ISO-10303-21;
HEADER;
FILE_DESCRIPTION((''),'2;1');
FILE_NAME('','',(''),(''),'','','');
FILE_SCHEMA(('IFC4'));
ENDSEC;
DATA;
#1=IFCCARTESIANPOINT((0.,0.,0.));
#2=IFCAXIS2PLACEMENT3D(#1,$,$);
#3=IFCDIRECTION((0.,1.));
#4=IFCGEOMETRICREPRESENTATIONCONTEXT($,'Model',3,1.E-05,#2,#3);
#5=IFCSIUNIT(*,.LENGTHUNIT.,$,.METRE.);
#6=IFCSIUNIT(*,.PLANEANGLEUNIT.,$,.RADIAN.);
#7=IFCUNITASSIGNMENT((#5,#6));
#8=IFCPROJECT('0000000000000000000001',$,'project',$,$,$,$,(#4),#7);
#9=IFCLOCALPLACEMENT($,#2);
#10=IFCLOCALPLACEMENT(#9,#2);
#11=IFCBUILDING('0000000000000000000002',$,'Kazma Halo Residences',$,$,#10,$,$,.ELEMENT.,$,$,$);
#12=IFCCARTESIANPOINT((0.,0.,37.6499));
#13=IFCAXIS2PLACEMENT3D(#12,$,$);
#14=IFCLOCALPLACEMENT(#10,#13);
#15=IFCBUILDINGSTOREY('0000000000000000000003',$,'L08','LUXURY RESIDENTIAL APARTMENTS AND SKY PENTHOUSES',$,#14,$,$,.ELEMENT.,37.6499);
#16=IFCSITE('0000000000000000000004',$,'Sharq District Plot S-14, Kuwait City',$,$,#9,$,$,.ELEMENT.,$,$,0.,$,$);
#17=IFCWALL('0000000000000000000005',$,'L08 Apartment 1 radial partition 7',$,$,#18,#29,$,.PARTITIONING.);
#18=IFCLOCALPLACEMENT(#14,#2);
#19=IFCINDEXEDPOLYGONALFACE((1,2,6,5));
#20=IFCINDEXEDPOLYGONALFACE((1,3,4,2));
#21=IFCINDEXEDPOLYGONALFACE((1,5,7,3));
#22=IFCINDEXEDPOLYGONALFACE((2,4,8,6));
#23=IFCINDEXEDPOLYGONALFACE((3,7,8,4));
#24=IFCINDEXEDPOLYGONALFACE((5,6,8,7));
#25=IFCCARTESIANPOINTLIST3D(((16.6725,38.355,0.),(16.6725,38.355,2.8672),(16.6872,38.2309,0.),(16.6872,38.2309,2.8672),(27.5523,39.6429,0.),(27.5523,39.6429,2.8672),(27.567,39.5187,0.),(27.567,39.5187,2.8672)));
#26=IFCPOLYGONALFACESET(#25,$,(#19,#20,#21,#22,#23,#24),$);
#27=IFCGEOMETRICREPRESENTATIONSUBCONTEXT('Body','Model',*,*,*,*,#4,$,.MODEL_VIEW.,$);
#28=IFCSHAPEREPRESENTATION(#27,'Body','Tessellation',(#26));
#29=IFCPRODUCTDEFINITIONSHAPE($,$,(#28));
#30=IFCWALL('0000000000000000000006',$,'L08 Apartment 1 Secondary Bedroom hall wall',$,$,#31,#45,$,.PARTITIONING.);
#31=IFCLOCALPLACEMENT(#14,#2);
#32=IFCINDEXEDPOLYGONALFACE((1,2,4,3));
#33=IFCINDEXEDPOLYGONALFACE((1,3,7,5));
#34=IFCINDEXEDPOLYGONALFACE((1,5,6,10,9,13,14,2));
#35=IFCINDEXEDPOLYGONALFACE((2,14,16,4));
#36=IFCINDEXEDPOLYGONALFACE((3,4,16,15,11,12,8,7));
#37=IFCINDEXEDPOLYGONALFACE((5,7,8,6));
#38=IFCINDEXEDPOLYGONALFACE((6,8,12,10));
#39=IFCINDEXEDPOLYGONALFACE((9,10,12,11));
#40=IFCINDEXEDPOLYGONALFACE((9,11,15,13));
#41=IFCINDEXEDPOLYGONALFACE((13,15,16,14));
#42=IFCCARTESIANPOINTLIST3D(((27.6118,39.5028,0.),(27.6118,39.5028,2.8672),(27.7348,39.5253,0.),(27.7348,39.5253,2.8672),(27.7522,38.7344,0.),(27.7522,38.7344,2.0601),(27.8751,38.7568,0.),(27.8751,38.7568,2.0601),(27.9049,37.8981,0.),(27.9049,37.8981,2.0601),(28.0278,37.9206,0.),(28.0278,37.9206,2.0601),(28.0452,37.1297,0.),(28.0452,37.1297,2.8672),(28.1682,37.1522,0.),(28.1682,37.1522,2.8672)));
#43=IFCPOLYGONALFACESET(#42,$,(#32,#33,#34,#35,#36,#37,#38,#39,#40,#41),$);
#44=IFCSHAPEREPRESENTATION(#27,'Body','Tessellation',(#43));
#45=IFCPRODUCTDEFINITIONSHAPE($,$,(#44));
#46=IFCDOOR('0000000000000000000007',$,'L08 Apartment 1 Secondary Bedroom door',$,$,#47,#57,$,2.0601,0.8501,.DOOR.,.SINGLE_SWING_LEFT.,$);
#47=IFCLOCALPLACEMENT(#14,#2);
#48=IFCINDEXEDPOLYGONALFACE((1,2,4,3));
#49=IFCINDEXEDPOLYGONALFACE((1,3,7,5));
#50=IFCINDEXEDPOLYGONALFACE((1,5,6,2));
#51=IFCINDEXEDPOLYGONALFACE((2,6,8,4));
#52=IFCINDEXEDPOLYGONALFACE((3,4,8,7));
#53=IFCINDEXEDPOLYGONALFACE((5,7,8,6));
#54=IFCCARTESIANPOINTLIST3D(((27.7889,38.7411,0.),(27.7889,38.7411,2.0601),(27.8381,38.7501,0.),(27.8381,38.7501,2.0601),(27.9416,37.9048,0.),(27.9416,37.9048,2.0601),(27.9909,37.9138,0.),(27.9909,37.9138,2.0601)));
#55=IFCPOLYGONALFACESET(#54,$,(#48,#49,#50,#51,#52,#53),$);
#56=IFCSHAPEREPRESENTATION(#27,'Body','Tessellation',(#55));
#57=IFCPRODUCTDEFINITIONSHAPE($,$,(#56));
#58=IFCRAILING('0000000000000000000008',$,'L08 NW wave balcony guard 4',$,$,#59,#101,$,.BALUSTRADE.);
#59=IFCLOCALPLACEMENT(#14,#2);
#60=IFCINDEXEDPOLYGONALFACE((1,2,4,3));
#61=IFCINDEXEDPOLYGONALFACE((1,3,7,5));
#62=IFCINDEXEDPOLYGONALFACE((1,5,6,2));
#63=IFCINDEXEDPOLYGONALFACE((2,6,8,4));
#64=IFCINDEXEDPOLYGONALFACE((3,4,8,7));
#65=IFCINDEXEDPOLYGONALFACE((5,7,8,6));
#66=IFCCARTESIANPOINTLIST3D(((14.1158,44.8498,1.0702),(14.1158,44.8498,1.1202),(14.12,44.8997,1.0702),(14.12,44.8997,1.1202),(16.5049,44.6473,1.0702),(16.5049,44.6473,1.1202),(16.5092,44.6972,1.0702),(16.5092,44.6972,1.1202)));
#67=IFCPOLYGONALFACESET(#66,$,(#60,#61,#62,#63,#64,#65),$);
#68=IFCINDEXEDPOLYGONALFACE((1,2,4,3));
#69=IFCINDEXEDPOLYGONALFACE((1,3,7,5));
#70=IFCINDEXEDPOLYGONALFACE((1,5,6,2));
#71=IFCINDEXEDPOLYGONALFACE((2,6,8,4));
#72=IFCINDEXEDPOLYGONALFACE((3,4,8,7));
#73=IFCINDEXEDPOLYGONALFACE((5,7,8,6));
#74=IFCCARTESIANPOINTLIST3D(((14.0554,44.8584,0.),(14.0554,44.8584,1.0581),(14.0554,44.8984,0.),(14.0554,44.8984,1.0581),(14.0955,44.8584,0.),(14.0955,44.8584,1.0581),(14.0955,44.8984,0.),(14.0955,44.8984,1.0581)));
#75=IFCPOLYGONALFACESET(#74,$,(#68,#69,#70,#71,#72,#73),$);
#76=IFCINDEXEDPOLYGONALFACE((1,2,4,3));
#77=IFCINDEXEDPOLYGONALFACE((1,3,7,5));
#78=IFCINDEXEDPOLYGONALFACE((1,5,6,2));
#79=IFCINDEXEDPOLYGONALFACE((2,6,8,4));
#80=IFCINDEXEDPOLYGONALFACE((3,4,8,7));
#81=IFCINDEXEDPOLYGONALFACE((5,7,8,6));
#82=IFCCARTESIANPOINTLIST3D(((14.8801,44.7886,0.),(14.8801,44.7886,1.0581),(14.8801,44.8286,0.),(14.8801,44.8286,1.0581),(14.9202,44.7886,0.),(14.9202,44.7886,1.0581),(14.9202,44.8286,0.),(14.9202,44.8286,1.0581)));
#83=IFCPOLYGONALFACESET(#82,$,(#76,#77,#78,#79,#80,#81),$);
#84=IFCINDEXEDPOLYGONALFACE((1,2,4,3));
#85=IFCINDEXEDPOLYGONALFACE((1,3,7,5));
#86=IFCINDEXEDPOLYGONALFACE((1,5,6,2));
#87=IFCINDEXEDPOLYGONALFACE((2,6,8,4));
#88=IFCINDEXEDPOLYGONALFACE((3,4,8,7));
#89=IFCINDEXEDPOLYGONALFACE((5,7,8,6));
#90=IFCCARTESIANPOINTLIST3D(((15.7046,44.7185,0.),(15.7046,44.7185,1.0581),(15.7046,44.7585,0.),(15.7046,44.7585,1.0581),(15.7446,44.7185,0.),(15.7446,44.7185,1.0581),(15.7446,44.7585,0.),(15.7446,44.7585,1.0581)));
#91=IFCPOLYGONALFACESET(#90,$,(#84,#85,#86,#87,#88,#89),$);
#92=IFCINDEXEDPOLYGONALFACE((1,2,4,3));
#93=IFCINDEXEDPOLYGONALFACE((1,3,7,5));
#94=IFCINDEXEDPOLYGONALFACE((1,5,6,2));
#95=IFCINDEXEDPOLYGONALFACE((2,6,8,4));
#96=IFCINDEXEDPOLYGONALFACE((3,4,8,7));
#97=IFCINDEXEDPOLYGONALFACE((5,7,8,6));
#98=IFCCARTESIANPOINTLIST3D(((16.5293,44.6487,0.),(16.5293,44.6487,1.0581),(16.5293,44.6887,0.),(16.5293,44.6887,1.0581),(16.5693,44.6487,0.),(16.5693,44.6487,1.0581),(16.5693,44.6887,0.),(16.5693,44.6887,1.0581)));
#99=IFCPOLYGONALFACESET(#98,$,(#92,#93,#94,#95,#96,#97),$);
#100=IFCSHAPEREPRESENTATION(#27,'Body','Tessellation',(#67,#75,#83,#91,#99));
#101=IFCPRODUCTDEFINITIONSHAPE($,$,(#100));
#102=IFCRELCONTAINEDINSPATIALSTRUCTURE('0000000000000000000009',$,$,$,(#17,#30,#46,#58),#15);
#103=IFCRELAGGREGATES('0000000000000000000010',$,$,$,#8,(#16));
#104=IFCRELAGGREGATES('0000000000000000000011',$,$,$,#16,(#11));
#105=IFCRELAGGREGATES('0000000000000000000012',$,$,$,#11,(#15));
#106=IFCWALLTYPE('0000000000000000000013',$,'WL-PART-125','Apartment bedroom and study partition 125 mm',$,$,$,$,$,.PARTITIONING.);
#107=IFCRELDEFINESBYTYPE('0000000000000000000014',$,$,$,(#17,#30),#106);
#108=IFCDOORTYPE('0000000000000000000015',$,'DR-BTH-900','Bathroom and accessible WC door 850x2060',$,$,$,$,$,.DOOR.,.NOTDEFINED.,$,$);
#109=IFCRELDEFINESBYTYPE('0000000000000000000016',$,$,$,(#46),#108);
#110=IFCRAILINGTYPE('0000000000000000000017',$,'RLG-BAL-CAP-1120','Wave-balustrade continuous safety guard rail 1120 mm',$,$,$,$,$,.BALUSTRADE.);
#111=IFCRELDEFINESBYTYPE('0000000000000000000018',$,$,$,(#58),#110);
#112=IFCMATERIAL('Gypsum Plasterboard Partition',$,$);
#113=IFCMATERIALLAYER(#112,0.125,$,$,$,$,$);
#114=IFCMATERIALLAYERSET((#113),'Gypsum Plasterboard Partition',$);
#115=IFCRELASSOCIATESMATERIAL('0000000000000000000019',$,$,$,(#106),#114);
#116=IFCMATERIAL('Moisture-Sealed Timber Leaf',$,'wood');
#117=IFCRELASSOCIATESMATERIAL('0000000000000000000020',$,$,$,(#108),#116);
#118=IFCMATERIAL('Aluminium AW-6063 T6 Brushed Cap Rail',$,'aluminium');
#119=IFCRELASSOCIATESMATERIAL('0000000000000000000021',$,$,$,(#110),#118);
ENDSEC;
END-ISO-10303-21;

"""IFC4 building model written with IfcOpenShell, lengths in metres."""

from ifc_helpers import new_model, si_unit, direction, frame, frame_2d, origin, origin_2d, place, context, subcontext, project, spatial, rectangle, extrude, material, layer, layer_set, type_object, element, fill, save


model = new_model("IFC4")

# Units and contexts
model_context = context("Model", 3, precision=1e-05, world=origin(), true_north=direction((0.0, 1.0)))
body_context = subcontext(model_context, "Body", "Model", "MODEL_VIEW")
ifc_project = project(units=[si_unit("LENGTHUNIT", "METRE"), si_unit("PLANEANGLEUNIT", "RADIAN")], contexts=[model_context])

# Site, building, storey
site_placement = place(None, origin())
site = spatial("IfcSite", under=ifc_project, at=site_placement, Name="Sharq District Plot S-14, Kuwait City", CompositionType="ELEMENT", RefElevation=0.0)
building_placement = place(site_placement, origin())
building = spatial("IfcBuilding", under=site, at=building_placement, Name="Kazma Halo Residences", CompositionType="ELEMENT")
storey_placement = place(building_placement, frame((0.0, 0.0, 37.6499)))
storey = spatial("IfcBuildingStorey", under=building, at=storey_placement, Name="L08", Description="LUXURY RESIDENTIAL APARTMENTS AND SKY PENTHOUSES", CompositionType="ELEMENT", Elevation=37.6499)

# Shared definitions
ifc_material_1 = material(Name="Gypsum Plasterboard Partition")
ifc_layer_1 = layer(ifc_material_1, 0.125)
ifc_layer_set_1 = layer_set([ifc_layer_1], Name="Gypsum Plasterboard Partition")
wall_type_1 = type_object("IfcWallType", Name="WL-PART-125", Description="Apartment bedroom and study partition 125 mm", PredefinedType="PARTITIONING", material=ifc_layer_set_1)

# Shared definitions
ifc_material_2 = material(Name="Moisture-Sealed Timber Leaf", Category="wood")
door_type_1 = type_object("IfcDoorType", Name="DR-BTH-900", Description="Bathroom and accessible WC door 850x2060", OperationType="NOTDEFINED", PredefinedType="DOOR", material=ifc_material_2)

# Wall
wall_1_placement = place(storey_placement, frame((27.5598, 39.5808, 0.0), z_axis=(0.0, 0.0, 1.0), x_axis=(-0.993067, -0.117548, 0.0)))
element("IfcWall", 1, at=wall_1_placement, inside=storey, type_object=wall_type_1, Name="L08 Apartment 1 radial partition 7", PredefinedType="PARTITIONING", context=body_context, shape_type="SweptSolid", body=[
    extrude(rectangle(XDim=10.9558, YDim=0.125, at=frame_2d((5.478, 0.0))), origin(), (0.0, 0.0, 1.0), 2.8672),
])

# Wall, opening, door
wall_2_placement = place(storey_placement, frame((27.6733, 39.5139, 0.0), z_axis=(0.0, 0.0, 1.0), x_axis=(0.179642, -0.983732, 0.0)))
wall_2 = element("IfcWall", 2, at=wall_2_placement, inside=storey, type_object=wall_type_1, Name="L08 Apartment 1 Secondary Bedroom hall wall", PredefinedType="PARTITIONING", context=body_context, shape_type="SweptSolid", body=[
    extrude(rectangle(XDim=2.4124, YDim=0.125, at=frame_2d((1.2061, 0.0))), origin(), (0.0, 0.0, 1.0), 2.8672),
])
opening_1_placement = place(wall_2_placement, frame((0.781, 0.0, 0.0)))
opening_1 = element("IfcOpeningElement", 3, at=opening_1_placement, cuts=wall_2, PredefinedType="OPENING", context=body_context, shape_type="SweptSolid", body=[
    extrude(rectangle(XDim=0.8501, YDim=2.0601, at=frame_2d((0.425, 1.03))), frame((0.0, 0.0725, 0.0), z_axis=(0.0, -1.0, 0.0), x_axis=(1.0, 0.0, 0.0)), (0.0, 0.0, 1.0), 0.145),
])
door_1_placement = place(opening_1_placement, origin())
door_1 = element("IfcDoor", 4, at=door_1_placement, inside=storey, type_object=door_type_1, Name="L08 Apartment 1 Secondary Bedroom door", OperationType="SINGLE_SWING_LEFT", OverallHeight=2.0601, OverallWidth=0.8501, PredefinedType="DOOR", context=body_context, shape_type="SweptSolid", body=[
    extrude(rectangle(XDim=0.8501, YDim=2.0601, at=frame_2d((0.425, 1.03))), frame((0.0, 0.0249, 0.0), z_axis=(0.0, -1.0, 0.0), x_axis=(1.0, 0.0, 0.0)), (0.0, 0.0, 1.0), 0.05),
])
fill(opening_1, door_1)

# Railing
ifc_material_3 = material(Name="Aluminium AW-6063 T6 Brushed Cap Rail", Category="aluminium")
railing_type = type_object("IfcRailingType", Name="RLG-BAL-CAP-1120", Description="Wave-balustrade continuous safety guard rail 1120 mm", PredefinedType="BALUSTRADE", material=ifc_material_3)
railing_placement = place(storey_placement, frame((14.0754, 44.8784, 0.0)))
element("IfcRailing", 5, at=railing_placement, inside=storey, type_object=railing_type, Name="L08 NW wave balcony guard 4", PredefinedType="BALUSTRADE", context=body_context, shape_type="SweptSolid", body=[
    extrude(rectangle(XDim=0.05, YDim=0.05, at=origin_2d()), frame((0.0425, -0.0037, 1.0952), z_axis=(0.996426, -0.08447, 0.0), x_axis=(0.08447, 0.996426, 0.0)), (0.0, 0.0, 1.0), 2.3977),
    extrude(rectangle(XDim=0.04, YDim=0.04, at=origin_2d()), origin(), (0.0, 0.0, 1.0), 1.0581),
    extrude(rectangle(XDim=0.04, YDim=0.04, at=origin_2d()), frame((0.8247, -0.0698, 0.0)), (0.0, 0.0, 1.0), 1.0581),
    extrude(rectangle(XDim=0.04, YDim=0.04, at=origin_2d()), frame((1.6492, -0.1399, 0.0)), (0.0, 0.0, 1.0), 1.0581),
    extrude(rectangle(XDim=0.04, YDim=0.04, at=origin_2d()), frame((2.4739, -0.2097, 0.0)), (0.0, 0.0, 1.0), 1.0581),
])

save(model, "model.ifc")
